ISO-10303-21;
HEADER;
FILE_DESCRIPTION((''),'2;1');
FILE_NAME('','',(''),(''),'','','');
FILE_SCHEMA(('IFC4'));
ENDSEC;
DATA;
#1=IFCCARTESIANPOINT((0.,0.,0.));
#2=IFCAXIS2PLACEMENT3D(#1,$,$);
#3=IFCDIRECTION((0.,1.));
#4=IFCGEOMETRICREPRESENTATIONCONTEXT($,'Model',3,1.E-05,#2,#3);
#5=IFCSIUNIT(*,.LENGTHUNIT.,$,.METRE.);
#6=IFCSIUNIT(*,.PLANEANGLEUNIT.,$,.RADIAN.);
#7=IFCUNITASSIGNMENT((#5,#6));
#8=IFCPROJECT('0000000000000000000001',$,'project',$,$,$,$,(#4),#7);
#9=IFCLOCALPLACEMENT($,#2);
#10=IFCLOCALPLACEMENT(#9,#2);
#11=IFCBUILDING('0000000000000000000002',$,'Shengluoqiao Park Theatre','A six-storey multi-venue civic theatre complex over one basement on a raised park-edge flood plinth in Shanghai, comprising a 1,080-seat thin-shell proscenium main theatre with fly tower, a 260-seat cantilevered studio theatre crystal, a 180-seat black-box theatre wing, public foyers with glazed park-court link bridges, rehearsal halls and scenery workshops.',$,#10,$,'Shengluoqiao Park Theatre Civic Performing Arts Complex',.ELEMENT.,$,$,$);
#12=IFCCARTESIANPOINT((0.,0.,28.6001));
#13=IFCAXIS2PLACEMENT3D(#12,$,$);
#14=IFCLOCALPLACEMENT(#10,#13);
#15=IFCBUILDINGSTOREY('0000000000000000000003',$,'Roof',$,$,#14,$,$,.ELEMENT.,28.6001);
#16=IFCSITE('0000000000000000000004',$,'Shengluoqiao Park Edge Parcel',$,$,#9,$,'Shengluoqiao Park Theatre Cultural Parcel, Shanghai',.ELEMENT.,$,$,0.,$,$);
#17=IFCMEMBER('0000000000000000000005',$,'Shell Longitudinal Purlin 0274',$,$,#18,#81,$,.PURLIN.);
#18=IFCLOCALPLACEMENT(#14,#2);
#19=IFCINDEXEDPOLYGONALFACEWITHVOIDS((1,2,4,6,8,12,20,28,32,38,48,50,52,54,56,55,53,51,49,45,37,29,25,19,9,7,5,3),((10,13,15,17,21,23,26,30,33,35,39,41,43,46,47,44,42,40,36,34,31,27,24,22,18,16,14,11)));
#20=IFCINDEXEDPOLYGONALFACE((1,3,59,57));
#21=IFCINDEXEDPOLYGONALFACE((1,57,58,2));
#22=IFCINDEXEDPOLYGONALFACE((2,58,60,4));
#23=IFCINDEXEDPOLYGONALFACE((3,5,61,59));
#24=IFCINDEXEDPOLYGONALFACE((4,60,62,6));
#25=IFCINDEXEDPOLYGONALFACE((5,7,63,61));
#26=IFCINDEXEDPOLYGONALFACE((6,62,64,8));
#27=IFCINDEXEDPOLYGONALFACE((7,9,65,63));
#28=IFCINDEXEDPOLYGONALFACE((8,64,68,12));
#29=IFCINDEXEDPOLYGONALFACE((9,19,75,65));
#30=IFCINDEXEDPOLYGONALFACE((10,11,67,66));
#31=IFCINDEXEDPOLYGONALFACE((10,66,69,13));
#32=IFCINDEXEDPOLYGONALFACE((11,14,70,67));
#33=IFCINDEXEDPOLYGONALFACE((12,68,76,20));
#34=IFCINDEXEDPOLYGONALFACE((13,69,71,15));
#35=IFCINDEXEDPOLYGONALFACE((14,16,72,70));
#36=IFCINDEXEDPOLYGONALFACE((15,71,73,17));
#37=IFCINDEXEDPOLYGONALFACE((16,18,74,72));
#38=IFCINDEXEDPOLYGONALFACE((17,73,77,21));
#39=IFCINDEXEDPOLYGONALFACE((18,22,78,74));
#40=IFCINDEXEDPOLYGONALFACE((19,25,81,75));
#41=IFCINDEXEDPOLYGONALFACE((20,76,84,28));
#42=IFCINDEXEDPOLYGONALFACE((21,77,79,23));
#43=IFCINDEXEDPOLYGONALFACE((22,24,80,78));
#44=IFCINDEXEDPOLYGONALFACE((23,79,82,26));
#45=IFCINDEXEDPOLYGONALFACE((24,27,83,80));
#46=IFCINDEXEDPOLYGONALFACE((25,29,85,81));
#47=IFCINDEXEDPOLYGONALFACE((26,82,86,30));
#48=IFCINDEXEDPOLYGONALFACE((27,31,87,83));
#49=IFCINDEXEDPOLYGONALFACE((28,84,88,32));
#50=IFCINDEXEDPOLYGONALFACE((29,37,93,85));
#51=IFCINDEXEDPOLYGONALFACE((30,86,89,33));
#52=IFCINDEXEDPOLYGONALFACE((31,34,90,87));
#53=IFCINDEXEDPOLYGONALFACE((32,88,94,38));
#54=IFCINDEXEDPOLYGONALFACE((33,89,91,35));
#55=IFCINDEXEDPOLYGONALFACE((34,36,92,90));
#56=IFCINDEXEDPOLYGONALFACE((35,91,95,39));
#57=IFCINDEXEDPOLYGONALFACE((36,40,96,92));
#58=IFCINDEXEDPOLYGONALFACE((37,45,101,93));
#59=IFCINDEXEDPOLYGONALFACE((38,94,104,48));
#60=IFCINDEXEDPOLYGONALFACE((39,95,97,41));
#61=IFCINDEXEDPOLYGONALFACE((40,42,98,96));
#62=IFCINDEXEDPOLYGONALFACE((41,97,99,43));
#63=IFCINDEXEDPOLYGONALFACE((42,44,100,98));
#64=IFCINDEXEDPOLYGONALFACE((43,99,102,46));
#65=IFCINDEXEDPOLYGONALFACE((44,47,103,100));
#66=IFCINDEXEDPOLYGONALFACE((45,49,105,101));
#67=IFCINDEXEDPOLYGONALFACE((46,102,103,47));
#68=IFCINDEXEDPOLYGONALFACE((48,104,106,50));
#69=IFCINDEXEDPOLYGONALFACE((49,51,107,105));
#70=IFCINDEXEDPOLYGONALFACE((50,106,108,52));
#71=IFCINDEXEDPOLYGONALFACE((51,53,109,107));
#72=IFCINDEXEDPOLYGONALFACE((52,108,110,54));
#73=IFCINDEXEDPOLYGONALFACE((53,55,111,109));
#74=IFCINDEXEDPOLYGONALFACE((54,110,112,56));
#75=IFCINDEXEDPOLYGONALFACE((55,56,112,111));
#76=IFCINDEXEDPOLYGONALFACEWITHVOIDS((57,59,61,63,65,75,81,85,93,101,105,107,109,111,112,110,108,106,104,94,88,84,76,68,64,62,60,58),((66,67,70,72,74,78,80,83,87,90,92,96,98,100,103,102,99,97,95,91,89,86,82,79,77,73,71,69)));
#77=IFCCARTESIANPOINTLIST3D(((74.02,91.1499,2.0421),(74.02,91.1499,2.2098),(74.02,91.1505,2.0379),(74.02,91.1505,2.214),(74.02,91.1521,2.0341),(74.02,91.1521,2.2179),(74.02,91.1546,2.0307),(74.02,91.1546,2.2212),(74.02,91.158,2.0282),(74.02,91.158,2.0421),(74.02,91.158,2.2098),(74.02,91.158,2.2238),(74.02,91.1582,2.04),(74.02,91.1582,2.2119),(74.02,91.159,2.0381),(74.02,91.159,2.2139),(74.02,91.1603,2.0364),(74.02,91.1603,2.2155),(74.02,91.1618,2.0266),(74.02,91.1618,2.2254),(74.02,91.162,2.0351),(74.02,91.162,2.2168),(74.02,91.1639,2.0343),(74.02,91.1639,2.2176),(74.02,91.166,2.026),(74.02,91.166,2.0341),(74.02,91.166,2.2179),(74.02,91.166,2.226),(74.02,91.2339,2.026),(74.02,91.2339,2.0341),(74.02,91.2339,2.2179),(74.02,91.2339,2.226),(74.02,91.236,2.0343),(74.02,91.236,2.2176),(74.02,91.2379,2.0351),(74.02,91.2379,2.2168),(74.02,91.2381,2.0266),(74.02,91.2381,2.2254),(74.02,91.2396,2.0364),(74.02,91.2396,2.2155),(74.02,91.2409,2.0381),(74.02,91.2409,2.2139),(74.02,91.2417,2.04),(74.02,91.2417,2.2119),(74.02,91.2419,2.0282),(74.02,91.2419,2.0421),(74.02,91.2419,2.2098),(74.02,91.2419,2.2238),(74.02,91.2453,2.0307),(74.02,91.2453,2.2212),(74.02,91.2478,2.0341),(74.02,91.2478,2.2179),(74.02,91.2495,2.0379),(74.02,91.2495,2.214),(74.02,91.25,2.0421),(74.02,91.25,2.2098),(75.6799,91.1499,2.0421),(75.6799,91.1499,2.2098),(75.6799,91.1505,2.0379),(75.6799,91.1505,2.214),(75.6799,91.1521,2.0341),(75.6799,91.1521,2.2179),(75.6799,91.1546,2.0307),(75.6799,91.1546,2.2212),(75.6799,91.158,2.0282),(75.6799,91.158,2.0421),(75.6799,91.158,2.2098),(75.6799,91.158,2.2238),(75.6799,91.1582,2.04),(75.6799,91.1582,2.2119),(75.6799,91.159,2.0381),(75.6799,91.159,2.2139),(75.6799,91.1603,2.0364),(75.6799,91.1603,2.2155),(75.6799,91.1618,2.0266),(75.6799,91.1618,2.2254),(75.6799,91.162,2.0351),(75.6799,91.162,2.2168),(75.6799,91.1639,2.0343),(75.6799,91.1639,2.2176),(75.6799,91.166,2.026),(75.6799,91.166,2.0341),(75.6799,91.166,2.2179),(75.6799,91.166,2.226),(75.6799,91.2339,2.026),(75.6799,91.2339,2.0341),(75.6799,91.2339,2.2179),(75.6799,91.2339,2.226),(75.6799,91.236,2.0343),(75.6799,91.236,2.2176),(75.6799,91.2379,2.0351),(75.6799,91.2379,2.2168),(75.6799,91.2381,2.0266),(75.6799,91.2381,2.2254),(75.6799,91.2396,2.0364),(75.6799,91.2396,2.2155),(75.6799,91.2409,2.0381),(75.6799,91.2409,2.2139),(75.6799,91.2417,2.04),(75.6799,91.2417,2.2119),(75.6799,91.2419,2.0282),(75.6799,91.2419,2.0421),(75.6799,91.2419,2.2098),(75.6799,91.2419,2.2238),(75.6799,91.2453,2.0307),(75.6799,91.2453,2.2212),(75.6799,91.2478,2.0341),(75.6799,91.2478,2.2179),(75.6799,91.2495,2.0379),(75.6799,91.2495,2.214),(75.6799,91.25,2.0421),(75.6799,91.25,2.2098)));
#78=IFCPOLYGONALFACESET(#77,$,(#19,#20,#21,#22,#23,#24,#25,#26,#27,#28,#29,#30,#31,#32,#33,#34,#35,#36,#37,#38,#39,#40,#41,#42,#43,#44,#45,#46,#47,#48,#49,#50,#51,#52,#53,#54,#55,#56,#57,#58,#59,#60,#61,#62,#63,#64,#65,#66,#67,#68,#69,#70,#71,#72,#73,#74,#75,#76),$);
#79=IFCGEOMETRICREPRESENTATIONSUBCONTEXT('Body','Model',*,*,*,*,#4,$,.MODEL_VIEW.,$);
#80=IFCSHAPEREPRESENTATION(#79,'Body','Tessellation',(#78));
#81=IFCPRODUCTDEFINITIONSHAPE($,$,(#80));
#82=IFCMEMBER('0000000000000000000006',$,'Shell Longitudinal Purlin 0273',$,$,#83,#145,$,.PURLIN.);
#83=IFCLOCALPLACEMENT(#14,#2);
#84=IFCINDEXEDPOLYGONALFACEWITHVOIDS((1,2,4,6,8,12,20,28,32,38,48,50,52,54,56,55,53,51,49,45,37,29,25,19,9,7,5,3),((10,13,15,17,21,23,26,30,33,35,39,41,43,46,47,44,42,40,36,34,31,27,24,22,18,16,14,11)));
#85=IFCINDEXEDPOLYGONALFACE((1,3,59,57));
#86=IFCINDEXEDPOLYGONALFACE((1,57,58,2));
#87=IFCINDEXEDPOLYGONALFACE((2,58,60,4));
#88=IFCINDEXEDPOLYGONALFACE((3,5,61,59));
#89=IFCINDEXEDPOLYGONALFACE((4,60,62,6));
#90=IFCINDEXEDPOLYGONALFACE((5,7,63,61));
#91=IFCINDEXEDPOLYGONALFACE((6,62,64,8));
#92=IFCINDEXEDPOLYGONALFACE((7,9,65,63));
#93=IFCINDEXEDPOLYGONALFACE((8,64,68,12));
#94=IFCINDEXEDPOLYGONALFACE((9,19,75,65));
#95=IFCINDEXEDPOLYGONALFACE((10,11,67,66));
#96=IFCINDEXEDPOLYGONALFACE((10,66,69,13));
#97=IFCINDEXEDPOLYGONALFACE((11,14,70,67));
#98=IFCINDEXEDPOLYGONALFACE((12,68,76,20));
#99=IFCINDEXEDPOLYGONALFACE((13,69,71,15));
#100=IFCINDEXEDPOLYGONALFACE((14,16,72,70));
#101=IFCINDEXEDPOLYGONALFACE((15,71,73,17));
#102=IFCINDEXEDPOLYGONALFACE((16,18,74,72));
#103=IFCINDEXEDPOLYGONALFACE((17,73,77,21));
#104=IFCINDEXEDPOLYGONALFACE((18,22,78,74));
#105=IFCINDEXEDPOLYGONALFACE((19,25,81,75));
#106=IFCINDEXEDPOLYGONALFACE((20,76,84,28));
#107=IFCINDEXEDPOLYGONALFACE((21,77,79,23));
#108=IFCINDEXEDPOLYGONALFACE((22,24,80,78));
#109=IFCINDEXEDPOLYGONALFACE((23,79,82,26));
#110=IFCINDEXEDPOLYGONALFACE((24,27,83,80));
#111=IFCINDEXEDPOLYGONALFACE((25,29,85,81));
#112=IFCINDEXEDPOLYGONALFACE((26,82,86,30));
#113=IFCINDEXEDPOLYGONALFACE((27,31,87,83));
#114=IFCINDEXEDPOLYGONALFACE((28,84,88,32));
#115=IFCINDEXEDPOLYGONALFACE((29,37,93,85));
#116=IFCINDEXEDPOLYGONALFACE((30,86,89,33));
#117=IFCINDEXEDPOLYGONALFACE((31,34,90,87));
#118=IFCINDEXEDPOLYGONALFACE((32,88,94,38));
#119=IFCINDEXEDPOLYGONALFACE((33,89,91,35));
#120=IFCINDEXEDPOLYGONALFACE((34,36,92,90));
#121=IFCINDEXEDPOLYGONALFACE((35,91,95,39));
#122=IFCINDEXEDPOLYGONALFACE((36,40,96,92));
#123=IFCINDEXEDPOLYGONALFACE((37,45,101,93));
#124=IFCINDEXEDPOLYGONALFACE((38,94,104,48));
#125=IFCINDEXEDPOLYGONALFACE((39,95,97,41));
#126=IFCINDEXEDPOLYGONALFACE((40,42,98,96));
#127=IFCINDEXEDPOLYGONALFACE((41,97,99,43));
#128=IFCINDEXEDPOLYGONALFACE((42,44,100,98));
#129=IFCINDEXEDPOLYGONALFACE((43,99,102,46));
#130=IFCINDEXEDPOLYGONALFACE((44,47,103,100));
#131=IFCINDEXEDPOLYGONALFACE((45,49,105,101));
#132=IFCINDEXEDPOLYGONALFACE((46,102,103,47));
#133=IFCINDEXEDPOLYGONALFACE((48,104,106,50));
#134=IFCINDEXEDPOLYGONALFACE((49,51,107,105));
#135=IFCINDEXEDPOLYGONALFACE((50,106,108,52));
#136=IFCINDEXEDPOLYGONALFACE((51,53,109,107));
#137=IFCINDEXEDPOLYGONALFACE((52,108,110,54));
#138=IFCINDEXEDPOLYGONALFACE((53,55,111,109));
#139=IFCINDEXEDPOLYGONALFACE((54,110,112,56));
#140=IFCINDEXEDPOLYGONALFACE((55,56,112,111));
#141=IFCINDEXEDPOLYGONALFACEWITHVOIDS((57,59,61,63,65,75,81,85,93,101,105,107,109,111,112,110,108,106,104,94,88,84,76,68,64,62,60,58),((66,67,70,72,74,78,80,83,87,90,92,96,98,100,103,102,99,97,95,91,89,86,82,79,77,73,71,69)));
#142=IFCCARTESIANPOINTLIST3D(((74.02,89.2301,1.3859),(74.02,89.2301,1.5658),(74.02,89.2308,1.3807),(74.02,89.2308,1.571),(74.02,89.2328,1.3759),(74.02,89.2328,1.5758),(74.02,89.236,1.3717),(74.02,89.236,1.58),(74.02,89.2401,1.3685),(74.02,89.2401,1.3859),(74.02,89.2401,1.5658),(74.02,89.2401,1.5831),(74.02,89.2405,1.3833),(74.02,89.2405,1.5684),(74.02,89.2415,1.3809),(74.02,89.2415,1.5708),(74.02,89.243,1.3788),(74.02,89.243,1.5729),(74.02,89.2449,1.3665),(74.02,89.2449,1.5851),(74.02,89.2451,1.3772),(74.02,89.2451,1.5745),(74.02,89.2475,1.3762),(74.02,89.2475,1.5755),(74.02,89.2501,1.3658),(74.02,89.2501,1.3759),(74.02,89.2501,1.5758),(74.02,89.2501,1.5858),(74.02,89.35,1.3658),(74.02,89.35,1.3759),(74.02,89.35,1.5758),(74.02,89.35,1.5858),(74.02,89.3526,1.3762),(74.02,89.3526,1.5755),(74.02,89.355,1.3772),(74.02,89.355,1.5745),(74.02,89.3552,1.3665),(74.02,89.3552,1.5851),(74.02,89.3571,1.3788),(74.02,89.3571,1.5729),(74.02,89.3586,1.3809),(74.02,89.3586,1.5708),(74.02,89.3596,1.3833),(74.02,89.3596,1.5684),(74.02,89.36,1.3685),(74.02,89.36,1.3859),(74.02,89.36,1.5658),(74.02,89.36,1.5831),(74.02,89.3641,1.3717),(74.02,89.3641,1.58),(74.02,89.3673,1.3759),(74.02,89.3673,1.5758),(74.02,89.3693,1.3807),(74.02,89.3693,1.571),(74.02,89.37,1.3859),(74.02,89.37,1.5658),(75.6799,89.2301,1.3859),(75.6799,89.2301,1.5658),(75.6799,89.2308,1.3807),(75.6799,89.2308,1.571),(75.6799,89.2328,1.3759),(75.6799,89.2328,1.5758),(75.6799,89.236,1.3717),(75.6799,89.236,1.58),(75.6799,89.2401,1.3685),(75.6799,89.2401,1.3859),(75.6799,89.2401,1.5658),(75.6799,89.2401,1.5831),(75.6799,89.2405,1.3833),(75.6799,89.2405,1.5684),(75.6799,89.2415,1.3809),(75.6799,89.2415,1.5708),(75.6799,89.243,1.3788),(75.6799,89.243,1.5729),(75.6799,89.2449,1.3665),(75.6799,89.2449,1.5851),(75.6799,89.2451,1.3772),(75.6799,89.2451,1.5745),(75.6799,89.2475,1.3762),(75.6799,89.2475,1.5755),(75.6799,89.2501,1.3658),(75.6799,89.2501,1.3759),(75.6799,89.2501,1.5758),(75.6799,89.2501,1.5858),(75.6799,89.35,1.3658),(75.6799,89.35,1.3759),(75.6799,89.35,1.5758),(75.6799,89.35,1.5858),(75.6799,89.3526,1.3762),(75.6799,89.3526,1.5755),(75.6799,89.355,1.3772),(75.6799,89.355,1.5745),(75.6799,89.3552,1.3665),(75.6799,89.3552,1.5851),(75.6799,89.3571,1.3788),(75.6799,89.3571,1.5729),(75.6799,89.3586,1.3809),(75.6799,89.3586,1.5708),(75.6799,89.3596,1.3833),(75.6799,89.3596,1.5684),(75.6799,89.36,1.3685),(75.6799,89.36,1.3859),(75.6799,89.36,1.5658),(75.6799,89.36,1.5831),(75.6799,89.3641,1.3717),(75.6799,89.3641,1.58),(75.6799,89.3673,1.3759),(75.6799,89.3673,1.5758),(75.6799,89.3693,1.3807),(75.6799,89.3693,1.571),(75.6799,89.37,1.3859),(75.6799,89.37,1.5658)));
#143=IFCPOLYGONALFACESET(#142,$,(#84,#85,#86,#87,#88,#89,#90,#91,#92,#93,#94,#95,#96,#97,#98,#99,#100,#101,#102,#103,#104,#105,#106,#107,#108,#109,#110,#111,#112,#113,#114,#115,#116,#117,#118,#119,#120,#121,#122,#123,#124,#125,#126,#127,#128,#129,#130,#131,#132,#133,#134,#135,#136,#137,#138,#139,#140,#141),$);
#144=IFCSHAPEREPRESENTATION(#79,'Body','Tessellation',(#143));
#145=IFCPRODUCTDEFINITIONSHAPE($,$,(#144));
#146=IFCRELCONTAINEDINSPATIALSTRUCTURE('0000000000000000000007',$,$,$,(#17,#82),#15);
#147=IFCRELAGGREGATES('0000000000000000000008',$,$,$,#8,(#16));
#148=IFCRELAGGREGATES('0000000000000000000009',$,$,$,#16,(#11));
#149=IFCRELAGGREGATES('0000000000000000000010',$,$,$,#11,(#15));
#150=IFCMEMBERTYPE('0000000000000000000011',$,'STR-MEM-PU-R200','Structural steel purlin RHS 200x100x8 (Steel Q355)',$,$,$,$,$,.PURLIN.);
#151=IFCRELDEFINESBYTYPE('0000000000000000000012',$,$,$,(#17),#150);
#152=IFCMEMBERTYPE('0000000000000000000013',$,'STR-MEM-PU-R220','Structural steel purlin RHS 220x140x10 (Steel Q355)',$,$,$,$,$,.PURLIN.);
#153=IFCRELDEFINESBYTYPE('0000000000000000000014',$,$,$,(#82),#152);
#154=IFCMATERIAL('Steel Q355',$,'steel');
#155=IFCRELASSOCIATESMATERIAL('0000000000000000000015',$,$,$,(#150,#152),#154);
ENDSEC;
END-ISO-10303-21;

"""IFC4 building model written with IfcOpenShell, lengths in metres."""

from ifc_helpers import new_model, si_unit, direction, frame, origin, origin_2d, place, context, subcontext, project, spatial, hollow_rectangle, extrude, material, material_profile, profile_set, type_object, element, save


model = new_model("IFC4")

# Units and contexts
model_context = context("Model", 3, precision=1e-05, world=origin(), true_north=direction((0.0, 1.0)))
body_context = subcontext(model_context, "Body", "Model", "MODEL_VIEW")
ifc_project = project(units=[si_unit("LENGTHUNIT", "METRE"), si_unit("PLANEANGLEUNIT", "RADIAN")], contexts=[model_context])

# Site, building, storey
site_placement = place(None, origin())
site = spatial("IfcSite", under=ifc_project, at=site_placement, Name="Shengluoqiao Park Edge Parcel", LongName="Shengluoqiao Park Theatre Cultural Parcel, Shanghai", CompositionType="ELEMENT", RefElevation=0.0)
building_placement = place(site_placement, origin())
building = spatial("IfcBuilding", under=site, at=building_placement, Name="Shengluoqiao Park Theatre", Description="A six-storey multi-venue civic theatre complex over one basement on a raised park-edge flood plinth in Shanghai, comprising a 1,080-seat thin-shell proscenium main theatre with fly tower, a 260-seat cantilevered studio theatre crystal, a 180-seat black-box theatre wing, public foyers with glazed park-court link bridges, rehearsal halls and scenery workshops.", LongName="Shengluoqiao Park Theatre Civic Performing Arts Complex", CompositionType="ELEMENT")
storey_placement = place(building_placement, frame((0.0, 0.0, 28.6001)))
storey = spatial("IfcBuildingStorey", under=building, at=storey_placement, Name="Roof", CompositionType="ELEMENT", Elevation=28.6001)

# Shared definitions
ifc_material_1 = material(Name="Steel Q355", Category="steel")

# Members
ifc_material_profile_1 = material_profile(ifc_material_1, hollow_rectangle(XDim=0.1001, YDim=0.2, WallThickness=0.0081, InnerFilletRadius=0.0081, OuterFilletRadius=0.0161, at=origin_2d()), Name="RHS 200x100x8")
ifc_profile_set_1 = profile_set([ifc_material_profile_1], Name="Steel Q355")
member_type_1 = type_object("IfcMemberType", Name="STR-MEM-PU-R200", Description="Structural steel purlin RHS 200x100x8 (Steel Q355)", PredefinedType="PURLIN", material=ifc_profile_set_1)
member_1_placement = place(storey_placement, frame((74.02, 91.2, 2.126), z_axis=(1.0, 0.0, 0.0), x_axis=(0.0, 1.0, 0.0)))
element("IfcMember", 1, at=member_1_placement, inside=storey, type_object=member_type_1, Name="Shell Longitudinal Purlin 0274", PredefinedType="PURLIN", context=body_context, shape_type="SweptSolid", body=[
    extrude(hollow_rectangle(XDim=0.1001, YDim=0.2, WallThickness=0.0081, InnerFilletRadius=0.0081, OuterFilletRadius=0.0161, at=origin_2d()), origin(), (0.0, 0.0, 1.0), 1.6599),
])
ifc_material_profile_2 = material_profile(ifc_material_1, hollow_rectangle(XDim=0.1399, YDim=0.22, WallThickness=0.01, InnerFilletRadius=0.01, OuterFilletRadius=0.02, at=origin_2d()), Name="RHS 220x140x10")
ifc_profile_set_2 = profile_set([ifc_material_profile_2], Name="Steel Q355")
member_type_2 = type_object("IfcMemberType", Name="STR-MEM-PU-R220", Description="Structural steel purlin RHS 220x140x10 (Steel Q355)", PredefinedType="PURLIN", material=ifc_profile_set_2)
for number, where, z_axis, x_axis, name in (
    (2, (74.02, 89.3, 1.4758), (1.0, 0.0, 0.0), (0.0, 1.0, 0.0), "Shell Longitudinal Purlin 0273"),
):
    element("IfcMember", number, at=place(storey_placement, frame(where, z_axis=z_axis, x_axis=x_axis)), inside=storey, type_object=member_type_2, Name=name, PredefinedType="PURLIN", context=body_context, shape_type="SweptSolid", body=[
        extrude(hollow_rectangle(XDim=0.1399, YDim=0.22, WallThickness=0.01, InnerFilletRadius=0.01, OuterFilletRadius=0.02, at=origin_2d()), origin(), (0.0, 0.0, 1.0), 1.6599),
    ])

save(model, "model.ifc")
